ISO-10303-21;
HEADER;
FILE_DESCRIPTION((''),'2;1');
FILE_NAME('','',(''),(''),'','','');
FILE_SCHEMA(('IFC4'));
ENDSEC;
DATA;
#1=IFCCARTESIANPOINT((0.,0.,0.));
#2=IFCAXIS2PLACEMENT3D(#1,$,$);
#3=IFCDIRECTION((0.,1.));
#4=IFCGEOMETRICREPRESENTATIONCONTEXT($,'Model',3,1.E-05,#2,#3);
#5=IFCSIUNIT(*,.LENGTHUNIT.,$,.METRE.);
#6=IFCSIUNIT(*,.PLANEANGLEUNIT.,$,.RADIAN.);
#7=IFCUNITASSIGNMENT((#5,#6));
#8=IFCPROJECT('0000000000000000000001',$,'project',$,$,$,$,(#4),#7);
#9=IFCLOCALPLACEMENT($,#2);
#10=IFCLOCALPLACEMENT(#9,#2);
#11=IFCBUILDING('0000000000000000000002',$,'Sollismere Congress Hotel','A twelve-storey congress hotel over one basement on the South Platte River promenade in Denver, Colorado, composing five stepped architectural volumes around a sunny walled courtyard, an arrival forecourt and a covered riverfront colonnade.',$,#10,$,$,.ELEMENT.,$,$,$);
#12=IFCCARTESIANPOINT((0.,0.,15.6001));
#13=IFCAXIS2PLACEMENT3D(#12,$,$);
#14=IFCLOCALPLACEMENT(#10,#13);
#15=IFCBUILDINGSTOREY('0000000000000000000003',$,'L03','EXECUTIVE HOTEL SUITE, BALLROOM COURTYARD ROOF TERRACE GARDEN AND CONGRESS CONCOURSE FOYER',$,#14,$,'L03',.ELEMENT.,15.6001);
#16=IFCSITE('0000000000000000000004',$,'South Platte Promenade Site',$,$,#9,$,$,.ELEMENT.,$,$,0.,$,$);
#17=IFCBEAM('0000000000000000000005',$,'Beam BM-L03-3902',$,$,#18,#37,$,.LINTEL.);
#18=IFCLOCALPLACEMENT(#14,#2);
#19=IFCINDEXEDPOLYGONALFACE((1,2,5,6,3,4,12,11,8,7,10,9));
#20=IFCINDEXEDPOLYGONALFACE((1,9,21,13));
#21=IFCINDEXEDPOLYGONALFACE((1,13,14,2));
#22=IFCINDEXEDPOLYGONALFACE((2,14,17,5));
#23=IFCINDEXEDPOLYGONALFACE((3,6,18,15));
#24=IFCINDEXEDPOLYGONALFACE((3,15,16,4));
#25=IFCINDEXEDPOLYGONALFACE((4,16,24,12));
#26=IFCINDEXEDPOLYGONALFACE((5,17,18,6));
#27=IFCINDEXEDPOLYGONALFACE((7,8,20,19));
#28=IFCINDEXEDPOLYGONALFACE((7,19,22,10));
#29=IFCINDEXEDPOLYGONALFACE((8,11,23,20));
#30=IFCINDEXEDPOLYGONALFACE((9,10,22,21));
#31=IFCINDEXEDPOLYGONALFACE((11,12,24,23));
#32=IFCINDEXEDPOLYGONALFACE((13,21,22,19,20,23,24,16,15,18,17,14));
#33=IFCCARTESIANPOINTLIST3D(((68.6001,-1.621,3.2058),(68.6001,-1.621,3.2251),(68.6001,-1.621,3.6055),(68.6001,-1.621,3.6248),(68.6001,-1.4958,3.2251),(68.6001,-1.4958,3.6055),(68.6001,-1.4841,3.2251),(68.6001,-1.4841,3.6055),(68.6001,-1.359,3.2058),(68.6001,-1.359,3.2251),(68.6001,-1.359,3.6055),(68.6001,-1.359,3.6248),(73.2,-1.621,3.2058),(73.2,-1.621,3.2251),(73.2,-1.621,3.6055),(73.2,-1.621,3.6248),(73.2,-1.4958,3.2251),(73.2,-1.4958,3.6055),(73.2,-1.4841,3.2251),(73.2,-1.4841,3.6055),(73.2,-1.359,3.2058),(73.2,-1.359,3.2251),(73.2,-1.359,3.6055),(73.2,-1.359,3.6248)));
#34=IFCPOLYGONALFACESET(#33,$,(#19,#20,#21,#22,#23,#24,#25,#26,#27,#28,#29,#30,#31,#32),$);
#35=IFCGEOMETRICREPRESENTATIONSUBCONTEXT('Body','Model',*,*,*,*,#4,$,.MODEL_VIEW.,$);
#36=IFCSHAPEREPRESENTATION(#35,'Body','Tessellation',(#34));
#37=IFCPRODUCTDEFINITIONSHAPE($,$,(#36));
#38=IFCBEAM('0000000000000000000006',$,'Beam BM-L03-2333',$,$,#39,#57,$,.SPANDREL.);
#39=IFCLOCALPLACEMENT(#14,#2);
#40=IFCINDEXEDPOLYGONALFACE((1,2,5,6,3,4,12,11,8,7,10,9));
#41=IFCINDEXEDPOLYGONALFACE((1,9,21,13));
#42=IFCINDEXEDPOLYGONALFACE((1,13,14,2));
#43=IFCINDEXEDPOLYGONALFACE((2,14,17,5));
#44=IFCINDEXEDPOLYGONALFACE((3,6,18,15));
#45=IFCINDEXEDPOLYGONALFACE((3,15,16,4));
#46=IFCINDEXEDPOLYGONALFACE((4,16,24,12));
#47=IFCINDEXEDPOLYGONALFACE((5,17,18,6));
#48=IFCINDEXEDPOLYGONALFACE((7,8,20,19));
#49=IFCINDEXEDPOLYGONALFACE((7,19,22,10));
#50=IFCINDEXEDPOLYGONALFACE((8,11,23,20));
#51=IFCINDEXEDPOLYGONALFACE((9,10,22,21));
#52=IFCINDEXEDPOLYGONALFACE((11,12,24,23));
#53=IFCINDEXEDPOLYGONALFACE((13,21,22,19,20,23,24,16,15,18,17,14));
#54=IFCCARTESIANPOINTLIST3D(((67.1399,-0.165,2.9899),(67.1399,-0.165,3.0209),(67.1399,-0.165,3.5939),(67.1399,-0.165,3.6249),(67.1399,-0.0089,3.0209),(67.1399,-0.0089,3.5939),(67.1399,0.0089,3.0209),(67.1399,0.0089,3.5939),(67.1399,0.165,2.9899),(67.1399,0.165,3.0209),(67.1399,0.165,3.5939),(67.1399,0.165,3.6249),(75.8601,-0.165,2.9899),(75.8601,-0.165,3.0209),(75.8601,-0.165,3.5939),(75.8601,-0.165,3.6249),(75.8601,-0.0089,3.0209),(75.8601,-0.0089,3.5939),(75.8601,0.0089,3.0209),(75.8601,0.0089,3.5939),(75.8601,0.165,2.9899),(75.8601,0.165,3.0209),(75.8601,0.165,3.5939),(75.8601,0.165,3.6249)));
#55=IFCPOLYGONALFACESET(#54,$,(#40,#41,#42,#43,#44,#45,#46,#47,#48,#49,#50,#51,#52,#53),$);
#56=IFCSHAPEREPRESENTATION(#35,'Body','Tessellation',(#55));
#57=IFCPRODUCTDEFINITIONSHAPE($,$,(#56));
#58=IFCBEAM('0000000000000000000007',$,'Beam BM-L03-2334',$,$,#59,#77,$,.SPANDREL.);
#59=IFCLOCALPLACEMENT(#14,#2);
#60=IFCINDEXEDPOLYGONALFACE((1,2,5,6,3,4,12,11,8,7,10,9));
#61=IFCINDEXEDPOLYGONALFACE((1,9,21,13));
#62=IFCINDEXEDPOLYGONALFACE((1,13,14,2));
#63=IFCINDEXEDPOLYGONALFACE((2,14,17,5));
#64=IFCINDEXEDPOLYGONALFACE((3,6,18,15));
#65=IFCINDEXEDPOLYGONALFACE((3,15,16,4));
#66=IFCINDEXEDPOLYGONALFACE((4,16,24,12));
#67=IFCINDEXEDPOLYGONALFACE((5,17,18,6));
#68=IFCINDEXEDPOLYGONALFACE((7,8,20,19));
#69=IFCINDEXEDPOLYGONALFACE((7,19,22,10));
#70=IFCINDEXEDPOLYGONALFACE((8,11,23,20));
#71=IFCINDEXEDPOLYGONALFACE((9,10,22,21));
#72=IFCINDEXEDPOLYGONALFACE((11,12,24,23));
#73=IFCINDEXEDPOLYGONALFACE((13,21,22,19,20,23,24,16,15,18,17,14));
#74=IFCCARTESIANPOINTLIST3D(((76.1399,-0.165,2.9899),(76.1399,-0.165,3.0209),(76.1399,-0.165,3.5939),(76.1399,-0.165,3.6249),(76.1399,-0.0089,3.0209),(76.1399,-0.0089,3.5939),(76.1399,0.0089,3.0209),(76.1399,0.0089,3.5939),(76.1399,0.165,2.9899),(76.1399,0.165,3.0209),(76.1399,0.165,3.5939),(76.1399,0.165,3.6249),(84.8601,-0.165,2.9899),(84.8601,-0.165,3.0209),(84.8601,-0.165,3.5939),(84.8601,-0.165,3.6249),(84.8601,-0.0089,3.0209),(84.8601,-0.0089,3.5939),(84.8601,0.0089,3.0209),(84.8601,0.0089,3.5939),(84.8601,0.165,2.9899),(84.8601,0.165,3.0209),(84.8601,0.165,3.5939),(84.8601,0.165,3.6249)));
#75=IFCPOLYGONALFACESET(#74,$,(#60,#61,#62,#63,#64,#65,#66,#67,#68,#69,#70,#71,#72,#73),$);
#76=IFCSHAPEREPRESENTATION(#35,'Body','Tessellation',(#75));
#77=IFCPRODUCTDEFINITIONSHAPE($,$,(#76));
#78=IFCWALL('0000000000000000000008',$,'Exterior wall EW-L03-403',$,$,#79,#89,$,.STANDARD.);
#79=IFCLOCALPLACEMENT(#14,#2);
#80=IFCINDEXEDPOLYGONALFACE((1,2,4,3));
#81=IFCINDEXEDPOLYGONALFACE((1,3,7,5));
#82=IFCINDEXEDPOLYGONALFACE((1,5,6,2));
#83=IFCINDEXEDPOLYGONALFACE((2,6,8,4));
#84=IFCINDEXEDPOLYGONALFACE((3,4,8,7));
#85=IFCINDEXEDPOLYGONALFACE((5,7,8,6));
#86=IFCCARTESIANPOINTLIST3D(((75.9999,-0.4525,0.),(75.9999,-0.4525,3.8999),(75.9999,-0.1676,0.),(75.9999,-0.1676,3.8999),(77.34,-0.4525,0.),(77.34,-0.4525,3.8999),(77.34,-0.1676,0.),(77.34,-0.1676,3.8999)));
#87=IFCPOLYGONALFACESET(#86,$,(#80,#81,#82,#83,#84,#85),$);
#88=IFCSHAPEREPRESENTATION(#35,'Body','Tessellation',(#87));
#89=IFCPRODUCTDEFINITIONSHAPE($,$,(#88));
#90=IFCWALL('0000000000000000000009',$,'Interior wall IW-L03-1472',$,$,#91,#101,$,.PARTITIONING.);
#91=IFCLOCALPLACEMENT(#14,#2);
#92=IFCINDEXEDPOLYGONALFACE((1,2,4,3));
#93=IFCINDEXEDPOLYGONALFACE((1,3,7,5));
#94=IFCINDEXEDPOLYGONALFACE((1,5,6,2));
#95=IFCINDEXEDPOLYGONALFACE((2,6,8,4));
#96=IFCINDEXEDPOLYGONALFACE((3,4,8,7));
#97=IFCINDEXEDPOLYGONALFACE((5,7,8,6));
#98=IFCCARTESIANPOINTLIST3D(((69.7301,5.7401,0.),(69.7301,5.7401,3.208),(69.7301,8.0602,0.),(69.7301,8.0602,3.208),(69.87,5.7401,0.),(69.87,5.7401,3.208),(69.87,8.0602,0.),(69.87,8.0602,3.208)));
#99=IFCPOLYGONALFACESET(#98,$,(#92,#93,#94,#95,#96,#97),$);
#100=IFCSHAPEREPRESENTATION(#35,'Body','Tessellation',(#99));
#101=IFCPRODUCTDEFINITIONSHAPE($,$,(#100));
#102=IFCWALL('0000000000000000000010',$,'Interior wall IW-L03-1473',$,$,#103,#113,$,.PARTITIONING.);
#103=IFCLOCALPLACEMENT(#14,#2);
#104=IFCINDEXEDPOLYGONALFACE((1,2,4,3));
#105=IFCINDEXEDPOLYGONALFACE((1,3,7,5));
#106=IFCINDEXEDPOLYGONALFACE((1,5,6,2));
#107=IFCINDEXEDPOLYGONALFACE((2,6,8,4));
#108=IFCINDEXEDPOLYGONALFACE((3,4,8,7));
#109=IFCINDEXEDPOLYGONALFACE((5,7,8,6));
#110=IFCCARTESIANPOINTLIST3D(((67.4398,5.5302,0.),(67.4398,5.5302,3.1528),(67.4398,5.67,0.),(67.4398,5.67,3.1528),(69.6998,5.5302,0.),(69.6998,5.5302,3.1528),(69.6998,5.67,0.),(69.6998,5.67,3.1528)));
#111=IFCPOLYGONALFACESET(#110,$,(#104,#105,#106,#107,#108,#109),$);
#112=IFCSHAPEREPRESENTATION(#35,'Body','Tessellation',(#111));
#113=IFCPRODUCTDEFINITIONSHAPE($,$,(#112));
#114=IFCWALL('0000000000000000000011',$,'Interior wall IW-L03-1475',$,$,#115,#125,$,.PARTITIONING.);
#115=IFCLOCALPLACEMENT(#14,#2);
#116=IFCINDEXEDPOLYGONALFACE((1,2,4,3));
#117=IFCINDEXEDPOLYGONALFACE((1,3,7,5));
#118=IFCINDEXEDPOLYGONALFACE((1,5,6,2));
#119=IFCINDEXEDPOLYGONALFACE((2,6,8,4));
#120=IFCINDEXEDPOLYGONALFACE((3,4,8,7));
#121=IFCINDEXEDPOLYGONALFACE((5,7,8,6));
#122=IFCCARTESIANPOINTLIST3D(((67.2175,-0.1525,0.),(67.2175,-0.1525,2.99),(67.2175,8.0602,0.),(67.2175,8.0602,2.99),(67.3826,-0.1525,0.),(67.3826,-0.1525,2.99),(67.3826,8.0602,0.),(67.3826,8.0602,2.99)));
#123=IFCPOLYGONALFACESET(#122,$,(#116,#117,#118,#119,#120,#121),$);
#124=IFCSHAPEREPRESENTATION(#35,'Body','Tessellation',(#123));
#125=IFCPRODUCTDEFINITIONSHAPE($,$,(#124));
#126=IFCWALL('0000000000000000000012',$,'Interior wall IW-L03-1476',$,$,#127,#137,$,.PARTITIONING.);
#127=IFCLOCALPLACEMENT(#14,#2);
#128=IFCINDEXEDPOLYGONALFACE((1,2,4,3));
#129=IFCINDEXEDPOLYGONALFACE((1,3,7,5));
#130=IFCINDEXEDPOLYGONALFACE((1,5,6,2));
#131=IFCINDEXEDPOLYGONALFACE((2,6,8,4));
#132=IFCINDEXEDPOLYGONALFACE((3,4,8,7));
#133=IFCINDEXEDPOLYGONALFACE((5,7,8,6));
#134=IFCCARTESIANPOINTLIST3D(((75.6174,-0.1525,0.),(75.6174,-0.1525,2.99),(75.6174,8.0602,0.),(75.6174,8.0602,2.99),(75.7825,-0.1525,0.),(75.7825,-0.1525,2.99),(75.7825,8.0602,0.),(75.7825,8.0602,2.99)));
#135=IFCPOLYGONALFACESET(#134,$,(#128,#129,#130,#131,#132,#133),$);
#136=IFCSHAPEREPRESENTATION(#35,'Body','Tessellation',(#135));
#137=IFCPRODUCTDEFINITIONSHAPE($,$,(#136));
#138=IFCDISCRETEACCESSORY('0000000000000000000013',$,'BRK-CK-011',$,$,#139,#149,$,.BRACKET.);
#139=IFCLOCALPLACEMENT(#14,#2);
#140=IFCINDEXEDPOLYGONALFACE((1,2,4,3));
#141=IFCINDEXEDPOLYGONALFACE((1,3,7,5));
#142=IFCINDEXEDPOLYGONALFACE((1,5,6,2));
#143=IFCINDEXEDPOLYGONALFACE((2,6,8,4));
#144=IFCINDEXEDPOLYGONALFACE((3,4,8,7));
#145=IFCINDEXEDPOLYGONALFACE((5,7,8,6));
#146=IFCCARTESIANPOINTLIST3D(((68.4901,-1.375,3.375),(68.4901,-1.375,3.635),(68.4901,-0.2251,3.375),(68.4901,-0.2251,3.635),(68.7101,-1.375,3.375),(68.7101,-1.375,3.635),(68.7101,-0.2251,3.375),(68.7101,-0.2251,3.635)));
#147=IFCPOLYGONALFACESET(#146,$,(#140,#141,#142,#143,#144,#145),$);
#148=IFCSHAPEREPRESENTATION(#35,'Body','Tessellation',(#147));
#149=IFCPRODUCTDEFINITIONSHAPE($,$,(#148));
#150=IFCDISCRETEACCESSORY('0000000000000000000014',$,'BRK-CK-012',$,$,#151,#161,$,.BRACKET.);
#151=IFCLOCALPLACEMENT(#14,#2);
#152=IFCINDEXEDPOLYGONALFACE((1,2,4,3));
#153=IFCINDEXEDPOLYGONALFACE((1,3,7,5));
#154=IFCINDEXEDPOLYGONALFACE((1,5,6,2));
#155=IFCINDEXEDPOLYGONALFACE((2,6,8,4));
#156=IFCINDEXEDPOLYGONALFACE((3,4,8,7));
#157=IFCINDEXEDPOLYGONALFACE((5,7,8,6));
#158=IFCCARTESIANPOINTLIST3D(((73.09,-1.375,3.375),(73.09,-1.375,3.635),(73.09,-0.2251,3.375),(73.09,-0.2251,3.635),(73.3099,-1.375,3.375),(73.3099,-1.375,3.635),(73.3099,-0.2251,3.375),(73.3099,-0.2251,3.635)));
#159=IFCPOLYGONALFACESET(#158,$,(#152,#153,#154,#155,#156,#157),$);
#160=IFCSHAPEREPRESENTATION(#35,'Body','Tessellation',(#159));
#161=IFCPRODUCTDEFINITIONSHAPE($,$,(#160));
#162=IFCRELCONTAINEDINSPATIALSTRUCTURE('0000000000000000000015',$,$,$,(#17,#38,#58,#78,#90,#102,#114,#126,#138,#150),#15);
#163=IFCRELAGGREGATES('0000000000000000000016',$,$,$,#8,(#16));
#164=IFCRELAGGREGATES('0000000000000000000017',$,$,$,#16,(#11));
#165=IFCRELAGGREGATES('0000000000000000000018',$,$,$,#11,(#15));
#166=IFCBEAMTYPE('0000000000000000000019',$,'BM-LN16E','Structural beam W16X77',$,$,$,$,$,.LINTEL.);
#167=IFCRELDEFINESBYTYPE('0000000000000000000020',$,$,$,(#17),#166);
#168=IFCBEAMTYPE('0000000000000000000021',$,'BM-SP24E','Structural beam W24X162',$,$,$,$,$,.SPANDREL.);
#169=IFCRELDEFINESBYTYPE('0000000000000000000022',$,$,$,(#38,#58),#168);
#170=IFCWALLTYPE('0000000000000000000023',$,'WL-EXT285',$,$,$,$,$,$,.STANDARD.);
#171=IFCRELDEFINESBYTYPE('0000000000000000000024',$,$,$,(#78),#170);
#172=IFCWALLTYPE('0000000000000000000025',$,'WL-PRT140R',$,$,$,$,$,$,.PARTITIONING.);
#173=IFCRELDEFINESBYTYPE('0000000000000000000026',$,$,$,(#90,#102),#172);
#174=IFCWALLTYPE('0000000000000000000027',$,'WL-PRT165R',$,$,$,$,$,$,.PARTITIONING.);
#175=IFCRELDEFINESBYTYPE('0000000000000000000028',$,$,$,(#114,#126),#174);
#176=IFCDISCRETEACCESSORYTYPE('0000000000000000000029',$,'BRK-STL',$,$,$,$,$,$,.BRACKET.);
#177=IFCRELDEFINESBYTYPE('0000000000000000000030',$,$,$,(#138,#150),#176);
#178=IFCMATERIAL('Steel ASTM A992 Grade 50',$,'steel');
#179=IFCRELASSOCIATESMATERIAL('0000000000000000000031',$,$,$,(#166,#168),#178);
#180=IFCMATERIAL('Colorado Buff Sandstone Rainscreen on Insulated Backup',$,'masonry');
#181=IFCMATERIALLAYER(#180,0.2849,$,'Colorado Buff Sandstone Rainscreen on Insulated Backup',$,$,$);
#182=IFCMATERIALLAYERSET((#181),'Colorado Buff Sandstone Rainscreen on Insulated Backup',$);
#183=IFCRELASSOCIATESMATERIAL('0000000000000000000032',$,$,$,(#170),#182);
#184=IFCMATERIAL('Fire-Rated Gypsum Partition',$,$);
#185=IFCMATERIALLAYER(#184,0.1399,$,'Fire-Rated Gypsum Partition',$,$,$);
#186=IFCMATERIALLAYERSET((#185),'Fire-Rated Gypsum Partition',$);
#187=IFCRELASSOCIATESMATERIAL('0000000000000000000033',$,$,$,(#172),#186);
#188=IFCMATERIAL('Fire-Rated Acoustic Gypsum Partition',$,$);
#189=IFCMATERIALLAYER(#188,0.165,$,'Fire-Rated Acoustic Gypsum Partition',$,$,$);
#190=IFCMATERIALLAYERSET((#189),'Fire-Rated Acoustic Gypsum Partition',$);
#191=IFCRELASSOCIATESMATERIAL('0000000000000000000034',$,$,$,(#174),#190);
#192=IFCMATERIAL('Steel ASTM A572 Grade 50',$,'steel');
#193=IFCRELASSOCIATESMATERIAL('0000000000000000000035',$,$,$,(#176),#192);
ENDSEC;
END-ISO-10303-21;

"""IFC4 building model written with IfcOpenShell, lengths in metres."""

from ifc_helpers import new_model, si_unit, direction, frame, frame_2d, origin, origin_2d, place, context, subcontext, project, spatial, rectangle, i_section, extrude, material, layer, layer_set, material_profile, profile_set, type_object, element, save


model = new_model("IFC4")

# Units and contexts
model_context = context("Model", 3, precision=1e-05, world=origin(), true_north=direction((0.0, 1.0)))
body_context = subcontext(model_context, "Body", "Model", "MODEL_VIEW")
ifc_project = project(units=[si_unit("LENGTHUNIT", "METRE"), si_unit("PLANEANGLEUNIT", "RADIAN")], contexts=[model_context])

# Site, building, storey
site_placement = place(None, origin())
site = spatial("IfcSite", under=ifc_project, at=site_placement, Name="South Platte Promenade Site", CompositionType="ELEMENT", RefElevation=0.0)
building_placement = place(site_placement, origin())
building = spatial("IfcBuilding", under=site, at=building_placement, Name="Sollismere Congress Hotel", Description="A twelve-storey congress hotel over one basement on the South Platte River promenade in Denver, Colorado, composing five stepped architectural volumes around a sunny walled courtyard, an arrival forecourt and a covered riverfront colonnade.", CompositionType="ELEMENT")
storey_placement = place(building_placement, frame((0.0, 0.0, 15.6001)))
storey = spatial("IfcBuildingStorey", under=building, at=storey_placement, Name="L03", Description="EXECUTIVE HOTEL SUITE, BALLROOM COURTYARD ROOF TERRACE GARDEN AND CONGRESS CONCOURSE FOYER", LongName="L03", CompositionType="ELEMENT", Elevation=15.6001)

# Shared definitions
ifc_material_1 = material(Name="Steel ASTM A992 Grade 50", Category="steel")

# Beams
ifc_material_profile_1 = material_profile(ifc_material_1, i_section(OverallWidth=0.262, OverallDepth=0.4189, WebThickness=0.0117, FlangeThickness=0.0193, at=origin_2d()), Name="W16X77")
ifc_profile_set_1 = profile_set([ifc_material_profile_1], Name="Steel ASTM A992 Grade 50")
beam_type_1 = type_object("IfcBeamType", Name="BM-LN16E", Description="Structural beam W16X77", PredefinedType="LINTEL", material=ifc_profile_set_1)
beam_1_placement = place(storey_placement, frame((68.6001, -1.49, 3.4153), z_axis=(1.0, 0.0, 0.0), x_axis=(0.0, 1.0, 0.0)))
element("IfcBeam", 1, at=beam_1_placement, inside=storey, type_object=beam_type_1, Name="Beam BM-L03-3902", PredefinedType="LINTEL", context=body_context, shape_type="SweptSolid", body=[
    extrude(i_section(OverallWidth=0.262, OverallDepth=0.4189, WebThickness=0.0117, FlangeThickness=0.0193, at=origin_2d()), origin(), (0.0, 0.0, 1.0), 4.5999),
])
ifc_material_profile_2 = material_profile(ifc_material_1, i_section(OverallWidth=0.3301, OverallDepth=0.635, WebThickness=0.0178, FlangeThickness=0.031, at=origin_2d()), Name="W24X162")
ifc_profile_set_2 = profile_set([ifc_material_profile_2], Name="Steel ASTM A992 Grade 50")
beam_type_2 = type_object("IfcBeamType", Name="BM-SP24E", Description="Structural beam W24X162", PredefinedType="SPANDREL", material=ifc_profile_set_2)
for number, where, z_axis, x_axis, name in (
    (2, (67.1399, 0.0, 3.3074), (1.0, 0.0, 0.0), (0.0, 1.0, 0.0), "Beam BM-L03-2333"),
    (3, (76.1399, 0.0, 3.3074), (1.0, 0.0, 0.0), (0.0, 1.0, 0.0), "Beam BM-L03-2334"),
):
    element("IfcBeam", number, at=place(storey_placement, frame(where, z_axis=z_axis, x_axis=x_axis)), inside=storey, type_object=beam_type_2, Name=name, PredefinedType="SPANDREL", context=body_context, shape_type="SweptSolid", body=[
        extrude(i_section(OverallWidth=0.3301, OverallDepth=0.635, WebThickness=0.0178, FlangeThickness=0.031, at=origin_2d()), origin(), (0.0, 0.0, 1.0), 8.7202),
    ])

# Wall
ifc_material_2 = material(Name="Colorado Buff Sandstone Rainscreen on Insulated Backup", Category="masonry")
ifc_layer_1 = layer(ifc_material_2, 0.2849, Name="Colorado Buff Sandstone Rainscreen on Insulated Backup")
ifc_layer_set_1 = layer_set([ifc_layer_1], Name="Colorado Buff Sandstone Rainscreen on Insulated Backup")
wall_type_1 = type_object("IfcWallType", Name="WL-EXT285", PredefinedType="STANDARD", material=ifc_layer_set_1)
wall_1_placement = place(storey_placement, frame((76.0, -0.3101, 0.0), z_axis=(0.0, 0.0, 1.0), x_axis=(1.0, 0.0, 0.0)))
element("IfcWall", 4, at=wall_1_placement, inside=storey, type_object=wall_type_1, Name="Exterior wall EW-L03-403", PredefinedType="STANDARD", context=body_context, shape_type="SweptSolid", body=[
    extrude(rectangle(XDim=1.3401, YDim=0.2849, at=frame_2d((0.6699, 0.0))), origin(), (0.0, 0.0, 1.0), 3.8999),
])

# Shared definitions
ifc_material_3 = material(Name="Fire-Rated Gypsum Partition")
ifc_layer_2 = layer(ifc_material_3, 0.1399, Name="Fire-Rated Gypsum Partition")
ifc_layer_set_2 = layer_set([ifc_layer_2], Name="Fire-Rated Gypsum Partition")
wall_type_2 = type_object("IfcWallType", Name="WL-PRT140R", PredefinedType="PARTITIONING", material=ifc_layer_set_2)

# Walls
wall_2_placement = place(storey_placement, frame((69.8, 5.74, 0.0), z_axis=(0.0, 0.0, 1.0), x_axis=(0.0, 1.0, 0.0)))
element("IfcWall", 5, at=wall_2_placement, inside=storey, type_object=wall_type_2, Name="Interior wall IW-L03-1472", PredefinedType="PARTITIONING", context=body_context, shape_type="SweptSolid", body=[
    extrude(rectangle(XDim=2.3201, YDim=0.1399, at=frame_2d((1.1602, 0.0))), origin(), (0.0, 0.0, 1.0), 3.208),
])
wall_3_placement = place(storey_placement, frame((67.4399, 5.6001, 0.0), z_axis=(0.0, 0.0, 1.0), x_axis=(1.0, 0.0, 0.0)))
element("IfcWall", 6, at=wall_3_placement, inside=storey, type_object=wall_type_2, Name="Interior wall IW-L03-1473", PredefinedType="PARTITIONING", context=body_context, shape_type="SweptSolid", body=[
    extrude(rectangle(XDim=2.26, YDim=0.1399, at=frame_2d((1.1299, 0.0))), origin(), (0.0, 0.0, 1.0), 3.1528),
])
ifc_material_4 = material(Name="Fire-Rated Acoustic Gypsum Partition")
ifc_layer_3 = layer(ifc_material_4, 0.165, Name="Fire-Rated Acoustic Gypsum Partition")
ifc_layer_set_3 = layer_set([ifc_layer_3], Name="Fire-Rated Acoustic Gypsum Partition")
wall_type_3 = type_object("IfcWallType", Name="WL-PRT165R", PredefinedType="PARTITIONING", material=ifc_layer_set_3)
for number, where, z_axis, x_axis, name in (
    (7, (67.3, -0.1526, 0.0), (0.0, 0.0, 1.0), (0.0, 1.0, 0.0), "Interior wall IW-L03-1475"),
    (8, (75.7, -0.1526, 0.0), (0.0, 0.0, 1.0), (0.0, 1.0, 0.0), "Interior wall IW-L03-1476"),
):
    element("IfcWall", number, at=place(storey_placement, frame(where, z_axis=z_axis, x_axis=x_axis)), inside=storey, type_object=wall_type_3, Name=name, PredefinedType="PARTITIONING", context=body_context, shape_type="SweptSolid", body=[
        extrude(rectangle(XDim=8.2126, YDim=0.165, at=frame_2d((4.1064, 0.0))), origin(), (0.0, 0.0, 1.0), 2.99),
    ])

# Discrete accessories
ifc_material_5 = material(Name="Steel ASTM A572 Grade 50", Category="steel")
discrete_accessory_type = type_object("IfcDiscreteAccessoryType", Name="BRK-STL", PredefinedType="BRACKET", material=ifc_material_5)
for number, where, z_axis, x_axis, name in (
    (9, (68.6001, -0.8, 3.375), (0.0, 0.0, 1.0), (1.0, 0.0, 0.0), "BRK-CK-011"),
    (10, (73.2, -0.8, 3.375), (0.0, 0.0, 1.0), (1.0, 0.0, 0.0), "BRK-CK-012"),
):
    element("IfcDiscreteAccessory", number, at=place(storey_placement, frame(where, z_axis=z_axis, x_axis=x_axis)), inside=storey, type_object=discrete_accessory_type, Name=name, PredefinedType="BRACKET", context=body_context, shape_type="SweptSolid", body=[
        extrude(rectangle(XDim=0.22, YDim=1.1499, at=origin_2d()), origin(), (0.0, 0.0, 1.0), 0.26),
    ])

save(model, "model.ifc")
